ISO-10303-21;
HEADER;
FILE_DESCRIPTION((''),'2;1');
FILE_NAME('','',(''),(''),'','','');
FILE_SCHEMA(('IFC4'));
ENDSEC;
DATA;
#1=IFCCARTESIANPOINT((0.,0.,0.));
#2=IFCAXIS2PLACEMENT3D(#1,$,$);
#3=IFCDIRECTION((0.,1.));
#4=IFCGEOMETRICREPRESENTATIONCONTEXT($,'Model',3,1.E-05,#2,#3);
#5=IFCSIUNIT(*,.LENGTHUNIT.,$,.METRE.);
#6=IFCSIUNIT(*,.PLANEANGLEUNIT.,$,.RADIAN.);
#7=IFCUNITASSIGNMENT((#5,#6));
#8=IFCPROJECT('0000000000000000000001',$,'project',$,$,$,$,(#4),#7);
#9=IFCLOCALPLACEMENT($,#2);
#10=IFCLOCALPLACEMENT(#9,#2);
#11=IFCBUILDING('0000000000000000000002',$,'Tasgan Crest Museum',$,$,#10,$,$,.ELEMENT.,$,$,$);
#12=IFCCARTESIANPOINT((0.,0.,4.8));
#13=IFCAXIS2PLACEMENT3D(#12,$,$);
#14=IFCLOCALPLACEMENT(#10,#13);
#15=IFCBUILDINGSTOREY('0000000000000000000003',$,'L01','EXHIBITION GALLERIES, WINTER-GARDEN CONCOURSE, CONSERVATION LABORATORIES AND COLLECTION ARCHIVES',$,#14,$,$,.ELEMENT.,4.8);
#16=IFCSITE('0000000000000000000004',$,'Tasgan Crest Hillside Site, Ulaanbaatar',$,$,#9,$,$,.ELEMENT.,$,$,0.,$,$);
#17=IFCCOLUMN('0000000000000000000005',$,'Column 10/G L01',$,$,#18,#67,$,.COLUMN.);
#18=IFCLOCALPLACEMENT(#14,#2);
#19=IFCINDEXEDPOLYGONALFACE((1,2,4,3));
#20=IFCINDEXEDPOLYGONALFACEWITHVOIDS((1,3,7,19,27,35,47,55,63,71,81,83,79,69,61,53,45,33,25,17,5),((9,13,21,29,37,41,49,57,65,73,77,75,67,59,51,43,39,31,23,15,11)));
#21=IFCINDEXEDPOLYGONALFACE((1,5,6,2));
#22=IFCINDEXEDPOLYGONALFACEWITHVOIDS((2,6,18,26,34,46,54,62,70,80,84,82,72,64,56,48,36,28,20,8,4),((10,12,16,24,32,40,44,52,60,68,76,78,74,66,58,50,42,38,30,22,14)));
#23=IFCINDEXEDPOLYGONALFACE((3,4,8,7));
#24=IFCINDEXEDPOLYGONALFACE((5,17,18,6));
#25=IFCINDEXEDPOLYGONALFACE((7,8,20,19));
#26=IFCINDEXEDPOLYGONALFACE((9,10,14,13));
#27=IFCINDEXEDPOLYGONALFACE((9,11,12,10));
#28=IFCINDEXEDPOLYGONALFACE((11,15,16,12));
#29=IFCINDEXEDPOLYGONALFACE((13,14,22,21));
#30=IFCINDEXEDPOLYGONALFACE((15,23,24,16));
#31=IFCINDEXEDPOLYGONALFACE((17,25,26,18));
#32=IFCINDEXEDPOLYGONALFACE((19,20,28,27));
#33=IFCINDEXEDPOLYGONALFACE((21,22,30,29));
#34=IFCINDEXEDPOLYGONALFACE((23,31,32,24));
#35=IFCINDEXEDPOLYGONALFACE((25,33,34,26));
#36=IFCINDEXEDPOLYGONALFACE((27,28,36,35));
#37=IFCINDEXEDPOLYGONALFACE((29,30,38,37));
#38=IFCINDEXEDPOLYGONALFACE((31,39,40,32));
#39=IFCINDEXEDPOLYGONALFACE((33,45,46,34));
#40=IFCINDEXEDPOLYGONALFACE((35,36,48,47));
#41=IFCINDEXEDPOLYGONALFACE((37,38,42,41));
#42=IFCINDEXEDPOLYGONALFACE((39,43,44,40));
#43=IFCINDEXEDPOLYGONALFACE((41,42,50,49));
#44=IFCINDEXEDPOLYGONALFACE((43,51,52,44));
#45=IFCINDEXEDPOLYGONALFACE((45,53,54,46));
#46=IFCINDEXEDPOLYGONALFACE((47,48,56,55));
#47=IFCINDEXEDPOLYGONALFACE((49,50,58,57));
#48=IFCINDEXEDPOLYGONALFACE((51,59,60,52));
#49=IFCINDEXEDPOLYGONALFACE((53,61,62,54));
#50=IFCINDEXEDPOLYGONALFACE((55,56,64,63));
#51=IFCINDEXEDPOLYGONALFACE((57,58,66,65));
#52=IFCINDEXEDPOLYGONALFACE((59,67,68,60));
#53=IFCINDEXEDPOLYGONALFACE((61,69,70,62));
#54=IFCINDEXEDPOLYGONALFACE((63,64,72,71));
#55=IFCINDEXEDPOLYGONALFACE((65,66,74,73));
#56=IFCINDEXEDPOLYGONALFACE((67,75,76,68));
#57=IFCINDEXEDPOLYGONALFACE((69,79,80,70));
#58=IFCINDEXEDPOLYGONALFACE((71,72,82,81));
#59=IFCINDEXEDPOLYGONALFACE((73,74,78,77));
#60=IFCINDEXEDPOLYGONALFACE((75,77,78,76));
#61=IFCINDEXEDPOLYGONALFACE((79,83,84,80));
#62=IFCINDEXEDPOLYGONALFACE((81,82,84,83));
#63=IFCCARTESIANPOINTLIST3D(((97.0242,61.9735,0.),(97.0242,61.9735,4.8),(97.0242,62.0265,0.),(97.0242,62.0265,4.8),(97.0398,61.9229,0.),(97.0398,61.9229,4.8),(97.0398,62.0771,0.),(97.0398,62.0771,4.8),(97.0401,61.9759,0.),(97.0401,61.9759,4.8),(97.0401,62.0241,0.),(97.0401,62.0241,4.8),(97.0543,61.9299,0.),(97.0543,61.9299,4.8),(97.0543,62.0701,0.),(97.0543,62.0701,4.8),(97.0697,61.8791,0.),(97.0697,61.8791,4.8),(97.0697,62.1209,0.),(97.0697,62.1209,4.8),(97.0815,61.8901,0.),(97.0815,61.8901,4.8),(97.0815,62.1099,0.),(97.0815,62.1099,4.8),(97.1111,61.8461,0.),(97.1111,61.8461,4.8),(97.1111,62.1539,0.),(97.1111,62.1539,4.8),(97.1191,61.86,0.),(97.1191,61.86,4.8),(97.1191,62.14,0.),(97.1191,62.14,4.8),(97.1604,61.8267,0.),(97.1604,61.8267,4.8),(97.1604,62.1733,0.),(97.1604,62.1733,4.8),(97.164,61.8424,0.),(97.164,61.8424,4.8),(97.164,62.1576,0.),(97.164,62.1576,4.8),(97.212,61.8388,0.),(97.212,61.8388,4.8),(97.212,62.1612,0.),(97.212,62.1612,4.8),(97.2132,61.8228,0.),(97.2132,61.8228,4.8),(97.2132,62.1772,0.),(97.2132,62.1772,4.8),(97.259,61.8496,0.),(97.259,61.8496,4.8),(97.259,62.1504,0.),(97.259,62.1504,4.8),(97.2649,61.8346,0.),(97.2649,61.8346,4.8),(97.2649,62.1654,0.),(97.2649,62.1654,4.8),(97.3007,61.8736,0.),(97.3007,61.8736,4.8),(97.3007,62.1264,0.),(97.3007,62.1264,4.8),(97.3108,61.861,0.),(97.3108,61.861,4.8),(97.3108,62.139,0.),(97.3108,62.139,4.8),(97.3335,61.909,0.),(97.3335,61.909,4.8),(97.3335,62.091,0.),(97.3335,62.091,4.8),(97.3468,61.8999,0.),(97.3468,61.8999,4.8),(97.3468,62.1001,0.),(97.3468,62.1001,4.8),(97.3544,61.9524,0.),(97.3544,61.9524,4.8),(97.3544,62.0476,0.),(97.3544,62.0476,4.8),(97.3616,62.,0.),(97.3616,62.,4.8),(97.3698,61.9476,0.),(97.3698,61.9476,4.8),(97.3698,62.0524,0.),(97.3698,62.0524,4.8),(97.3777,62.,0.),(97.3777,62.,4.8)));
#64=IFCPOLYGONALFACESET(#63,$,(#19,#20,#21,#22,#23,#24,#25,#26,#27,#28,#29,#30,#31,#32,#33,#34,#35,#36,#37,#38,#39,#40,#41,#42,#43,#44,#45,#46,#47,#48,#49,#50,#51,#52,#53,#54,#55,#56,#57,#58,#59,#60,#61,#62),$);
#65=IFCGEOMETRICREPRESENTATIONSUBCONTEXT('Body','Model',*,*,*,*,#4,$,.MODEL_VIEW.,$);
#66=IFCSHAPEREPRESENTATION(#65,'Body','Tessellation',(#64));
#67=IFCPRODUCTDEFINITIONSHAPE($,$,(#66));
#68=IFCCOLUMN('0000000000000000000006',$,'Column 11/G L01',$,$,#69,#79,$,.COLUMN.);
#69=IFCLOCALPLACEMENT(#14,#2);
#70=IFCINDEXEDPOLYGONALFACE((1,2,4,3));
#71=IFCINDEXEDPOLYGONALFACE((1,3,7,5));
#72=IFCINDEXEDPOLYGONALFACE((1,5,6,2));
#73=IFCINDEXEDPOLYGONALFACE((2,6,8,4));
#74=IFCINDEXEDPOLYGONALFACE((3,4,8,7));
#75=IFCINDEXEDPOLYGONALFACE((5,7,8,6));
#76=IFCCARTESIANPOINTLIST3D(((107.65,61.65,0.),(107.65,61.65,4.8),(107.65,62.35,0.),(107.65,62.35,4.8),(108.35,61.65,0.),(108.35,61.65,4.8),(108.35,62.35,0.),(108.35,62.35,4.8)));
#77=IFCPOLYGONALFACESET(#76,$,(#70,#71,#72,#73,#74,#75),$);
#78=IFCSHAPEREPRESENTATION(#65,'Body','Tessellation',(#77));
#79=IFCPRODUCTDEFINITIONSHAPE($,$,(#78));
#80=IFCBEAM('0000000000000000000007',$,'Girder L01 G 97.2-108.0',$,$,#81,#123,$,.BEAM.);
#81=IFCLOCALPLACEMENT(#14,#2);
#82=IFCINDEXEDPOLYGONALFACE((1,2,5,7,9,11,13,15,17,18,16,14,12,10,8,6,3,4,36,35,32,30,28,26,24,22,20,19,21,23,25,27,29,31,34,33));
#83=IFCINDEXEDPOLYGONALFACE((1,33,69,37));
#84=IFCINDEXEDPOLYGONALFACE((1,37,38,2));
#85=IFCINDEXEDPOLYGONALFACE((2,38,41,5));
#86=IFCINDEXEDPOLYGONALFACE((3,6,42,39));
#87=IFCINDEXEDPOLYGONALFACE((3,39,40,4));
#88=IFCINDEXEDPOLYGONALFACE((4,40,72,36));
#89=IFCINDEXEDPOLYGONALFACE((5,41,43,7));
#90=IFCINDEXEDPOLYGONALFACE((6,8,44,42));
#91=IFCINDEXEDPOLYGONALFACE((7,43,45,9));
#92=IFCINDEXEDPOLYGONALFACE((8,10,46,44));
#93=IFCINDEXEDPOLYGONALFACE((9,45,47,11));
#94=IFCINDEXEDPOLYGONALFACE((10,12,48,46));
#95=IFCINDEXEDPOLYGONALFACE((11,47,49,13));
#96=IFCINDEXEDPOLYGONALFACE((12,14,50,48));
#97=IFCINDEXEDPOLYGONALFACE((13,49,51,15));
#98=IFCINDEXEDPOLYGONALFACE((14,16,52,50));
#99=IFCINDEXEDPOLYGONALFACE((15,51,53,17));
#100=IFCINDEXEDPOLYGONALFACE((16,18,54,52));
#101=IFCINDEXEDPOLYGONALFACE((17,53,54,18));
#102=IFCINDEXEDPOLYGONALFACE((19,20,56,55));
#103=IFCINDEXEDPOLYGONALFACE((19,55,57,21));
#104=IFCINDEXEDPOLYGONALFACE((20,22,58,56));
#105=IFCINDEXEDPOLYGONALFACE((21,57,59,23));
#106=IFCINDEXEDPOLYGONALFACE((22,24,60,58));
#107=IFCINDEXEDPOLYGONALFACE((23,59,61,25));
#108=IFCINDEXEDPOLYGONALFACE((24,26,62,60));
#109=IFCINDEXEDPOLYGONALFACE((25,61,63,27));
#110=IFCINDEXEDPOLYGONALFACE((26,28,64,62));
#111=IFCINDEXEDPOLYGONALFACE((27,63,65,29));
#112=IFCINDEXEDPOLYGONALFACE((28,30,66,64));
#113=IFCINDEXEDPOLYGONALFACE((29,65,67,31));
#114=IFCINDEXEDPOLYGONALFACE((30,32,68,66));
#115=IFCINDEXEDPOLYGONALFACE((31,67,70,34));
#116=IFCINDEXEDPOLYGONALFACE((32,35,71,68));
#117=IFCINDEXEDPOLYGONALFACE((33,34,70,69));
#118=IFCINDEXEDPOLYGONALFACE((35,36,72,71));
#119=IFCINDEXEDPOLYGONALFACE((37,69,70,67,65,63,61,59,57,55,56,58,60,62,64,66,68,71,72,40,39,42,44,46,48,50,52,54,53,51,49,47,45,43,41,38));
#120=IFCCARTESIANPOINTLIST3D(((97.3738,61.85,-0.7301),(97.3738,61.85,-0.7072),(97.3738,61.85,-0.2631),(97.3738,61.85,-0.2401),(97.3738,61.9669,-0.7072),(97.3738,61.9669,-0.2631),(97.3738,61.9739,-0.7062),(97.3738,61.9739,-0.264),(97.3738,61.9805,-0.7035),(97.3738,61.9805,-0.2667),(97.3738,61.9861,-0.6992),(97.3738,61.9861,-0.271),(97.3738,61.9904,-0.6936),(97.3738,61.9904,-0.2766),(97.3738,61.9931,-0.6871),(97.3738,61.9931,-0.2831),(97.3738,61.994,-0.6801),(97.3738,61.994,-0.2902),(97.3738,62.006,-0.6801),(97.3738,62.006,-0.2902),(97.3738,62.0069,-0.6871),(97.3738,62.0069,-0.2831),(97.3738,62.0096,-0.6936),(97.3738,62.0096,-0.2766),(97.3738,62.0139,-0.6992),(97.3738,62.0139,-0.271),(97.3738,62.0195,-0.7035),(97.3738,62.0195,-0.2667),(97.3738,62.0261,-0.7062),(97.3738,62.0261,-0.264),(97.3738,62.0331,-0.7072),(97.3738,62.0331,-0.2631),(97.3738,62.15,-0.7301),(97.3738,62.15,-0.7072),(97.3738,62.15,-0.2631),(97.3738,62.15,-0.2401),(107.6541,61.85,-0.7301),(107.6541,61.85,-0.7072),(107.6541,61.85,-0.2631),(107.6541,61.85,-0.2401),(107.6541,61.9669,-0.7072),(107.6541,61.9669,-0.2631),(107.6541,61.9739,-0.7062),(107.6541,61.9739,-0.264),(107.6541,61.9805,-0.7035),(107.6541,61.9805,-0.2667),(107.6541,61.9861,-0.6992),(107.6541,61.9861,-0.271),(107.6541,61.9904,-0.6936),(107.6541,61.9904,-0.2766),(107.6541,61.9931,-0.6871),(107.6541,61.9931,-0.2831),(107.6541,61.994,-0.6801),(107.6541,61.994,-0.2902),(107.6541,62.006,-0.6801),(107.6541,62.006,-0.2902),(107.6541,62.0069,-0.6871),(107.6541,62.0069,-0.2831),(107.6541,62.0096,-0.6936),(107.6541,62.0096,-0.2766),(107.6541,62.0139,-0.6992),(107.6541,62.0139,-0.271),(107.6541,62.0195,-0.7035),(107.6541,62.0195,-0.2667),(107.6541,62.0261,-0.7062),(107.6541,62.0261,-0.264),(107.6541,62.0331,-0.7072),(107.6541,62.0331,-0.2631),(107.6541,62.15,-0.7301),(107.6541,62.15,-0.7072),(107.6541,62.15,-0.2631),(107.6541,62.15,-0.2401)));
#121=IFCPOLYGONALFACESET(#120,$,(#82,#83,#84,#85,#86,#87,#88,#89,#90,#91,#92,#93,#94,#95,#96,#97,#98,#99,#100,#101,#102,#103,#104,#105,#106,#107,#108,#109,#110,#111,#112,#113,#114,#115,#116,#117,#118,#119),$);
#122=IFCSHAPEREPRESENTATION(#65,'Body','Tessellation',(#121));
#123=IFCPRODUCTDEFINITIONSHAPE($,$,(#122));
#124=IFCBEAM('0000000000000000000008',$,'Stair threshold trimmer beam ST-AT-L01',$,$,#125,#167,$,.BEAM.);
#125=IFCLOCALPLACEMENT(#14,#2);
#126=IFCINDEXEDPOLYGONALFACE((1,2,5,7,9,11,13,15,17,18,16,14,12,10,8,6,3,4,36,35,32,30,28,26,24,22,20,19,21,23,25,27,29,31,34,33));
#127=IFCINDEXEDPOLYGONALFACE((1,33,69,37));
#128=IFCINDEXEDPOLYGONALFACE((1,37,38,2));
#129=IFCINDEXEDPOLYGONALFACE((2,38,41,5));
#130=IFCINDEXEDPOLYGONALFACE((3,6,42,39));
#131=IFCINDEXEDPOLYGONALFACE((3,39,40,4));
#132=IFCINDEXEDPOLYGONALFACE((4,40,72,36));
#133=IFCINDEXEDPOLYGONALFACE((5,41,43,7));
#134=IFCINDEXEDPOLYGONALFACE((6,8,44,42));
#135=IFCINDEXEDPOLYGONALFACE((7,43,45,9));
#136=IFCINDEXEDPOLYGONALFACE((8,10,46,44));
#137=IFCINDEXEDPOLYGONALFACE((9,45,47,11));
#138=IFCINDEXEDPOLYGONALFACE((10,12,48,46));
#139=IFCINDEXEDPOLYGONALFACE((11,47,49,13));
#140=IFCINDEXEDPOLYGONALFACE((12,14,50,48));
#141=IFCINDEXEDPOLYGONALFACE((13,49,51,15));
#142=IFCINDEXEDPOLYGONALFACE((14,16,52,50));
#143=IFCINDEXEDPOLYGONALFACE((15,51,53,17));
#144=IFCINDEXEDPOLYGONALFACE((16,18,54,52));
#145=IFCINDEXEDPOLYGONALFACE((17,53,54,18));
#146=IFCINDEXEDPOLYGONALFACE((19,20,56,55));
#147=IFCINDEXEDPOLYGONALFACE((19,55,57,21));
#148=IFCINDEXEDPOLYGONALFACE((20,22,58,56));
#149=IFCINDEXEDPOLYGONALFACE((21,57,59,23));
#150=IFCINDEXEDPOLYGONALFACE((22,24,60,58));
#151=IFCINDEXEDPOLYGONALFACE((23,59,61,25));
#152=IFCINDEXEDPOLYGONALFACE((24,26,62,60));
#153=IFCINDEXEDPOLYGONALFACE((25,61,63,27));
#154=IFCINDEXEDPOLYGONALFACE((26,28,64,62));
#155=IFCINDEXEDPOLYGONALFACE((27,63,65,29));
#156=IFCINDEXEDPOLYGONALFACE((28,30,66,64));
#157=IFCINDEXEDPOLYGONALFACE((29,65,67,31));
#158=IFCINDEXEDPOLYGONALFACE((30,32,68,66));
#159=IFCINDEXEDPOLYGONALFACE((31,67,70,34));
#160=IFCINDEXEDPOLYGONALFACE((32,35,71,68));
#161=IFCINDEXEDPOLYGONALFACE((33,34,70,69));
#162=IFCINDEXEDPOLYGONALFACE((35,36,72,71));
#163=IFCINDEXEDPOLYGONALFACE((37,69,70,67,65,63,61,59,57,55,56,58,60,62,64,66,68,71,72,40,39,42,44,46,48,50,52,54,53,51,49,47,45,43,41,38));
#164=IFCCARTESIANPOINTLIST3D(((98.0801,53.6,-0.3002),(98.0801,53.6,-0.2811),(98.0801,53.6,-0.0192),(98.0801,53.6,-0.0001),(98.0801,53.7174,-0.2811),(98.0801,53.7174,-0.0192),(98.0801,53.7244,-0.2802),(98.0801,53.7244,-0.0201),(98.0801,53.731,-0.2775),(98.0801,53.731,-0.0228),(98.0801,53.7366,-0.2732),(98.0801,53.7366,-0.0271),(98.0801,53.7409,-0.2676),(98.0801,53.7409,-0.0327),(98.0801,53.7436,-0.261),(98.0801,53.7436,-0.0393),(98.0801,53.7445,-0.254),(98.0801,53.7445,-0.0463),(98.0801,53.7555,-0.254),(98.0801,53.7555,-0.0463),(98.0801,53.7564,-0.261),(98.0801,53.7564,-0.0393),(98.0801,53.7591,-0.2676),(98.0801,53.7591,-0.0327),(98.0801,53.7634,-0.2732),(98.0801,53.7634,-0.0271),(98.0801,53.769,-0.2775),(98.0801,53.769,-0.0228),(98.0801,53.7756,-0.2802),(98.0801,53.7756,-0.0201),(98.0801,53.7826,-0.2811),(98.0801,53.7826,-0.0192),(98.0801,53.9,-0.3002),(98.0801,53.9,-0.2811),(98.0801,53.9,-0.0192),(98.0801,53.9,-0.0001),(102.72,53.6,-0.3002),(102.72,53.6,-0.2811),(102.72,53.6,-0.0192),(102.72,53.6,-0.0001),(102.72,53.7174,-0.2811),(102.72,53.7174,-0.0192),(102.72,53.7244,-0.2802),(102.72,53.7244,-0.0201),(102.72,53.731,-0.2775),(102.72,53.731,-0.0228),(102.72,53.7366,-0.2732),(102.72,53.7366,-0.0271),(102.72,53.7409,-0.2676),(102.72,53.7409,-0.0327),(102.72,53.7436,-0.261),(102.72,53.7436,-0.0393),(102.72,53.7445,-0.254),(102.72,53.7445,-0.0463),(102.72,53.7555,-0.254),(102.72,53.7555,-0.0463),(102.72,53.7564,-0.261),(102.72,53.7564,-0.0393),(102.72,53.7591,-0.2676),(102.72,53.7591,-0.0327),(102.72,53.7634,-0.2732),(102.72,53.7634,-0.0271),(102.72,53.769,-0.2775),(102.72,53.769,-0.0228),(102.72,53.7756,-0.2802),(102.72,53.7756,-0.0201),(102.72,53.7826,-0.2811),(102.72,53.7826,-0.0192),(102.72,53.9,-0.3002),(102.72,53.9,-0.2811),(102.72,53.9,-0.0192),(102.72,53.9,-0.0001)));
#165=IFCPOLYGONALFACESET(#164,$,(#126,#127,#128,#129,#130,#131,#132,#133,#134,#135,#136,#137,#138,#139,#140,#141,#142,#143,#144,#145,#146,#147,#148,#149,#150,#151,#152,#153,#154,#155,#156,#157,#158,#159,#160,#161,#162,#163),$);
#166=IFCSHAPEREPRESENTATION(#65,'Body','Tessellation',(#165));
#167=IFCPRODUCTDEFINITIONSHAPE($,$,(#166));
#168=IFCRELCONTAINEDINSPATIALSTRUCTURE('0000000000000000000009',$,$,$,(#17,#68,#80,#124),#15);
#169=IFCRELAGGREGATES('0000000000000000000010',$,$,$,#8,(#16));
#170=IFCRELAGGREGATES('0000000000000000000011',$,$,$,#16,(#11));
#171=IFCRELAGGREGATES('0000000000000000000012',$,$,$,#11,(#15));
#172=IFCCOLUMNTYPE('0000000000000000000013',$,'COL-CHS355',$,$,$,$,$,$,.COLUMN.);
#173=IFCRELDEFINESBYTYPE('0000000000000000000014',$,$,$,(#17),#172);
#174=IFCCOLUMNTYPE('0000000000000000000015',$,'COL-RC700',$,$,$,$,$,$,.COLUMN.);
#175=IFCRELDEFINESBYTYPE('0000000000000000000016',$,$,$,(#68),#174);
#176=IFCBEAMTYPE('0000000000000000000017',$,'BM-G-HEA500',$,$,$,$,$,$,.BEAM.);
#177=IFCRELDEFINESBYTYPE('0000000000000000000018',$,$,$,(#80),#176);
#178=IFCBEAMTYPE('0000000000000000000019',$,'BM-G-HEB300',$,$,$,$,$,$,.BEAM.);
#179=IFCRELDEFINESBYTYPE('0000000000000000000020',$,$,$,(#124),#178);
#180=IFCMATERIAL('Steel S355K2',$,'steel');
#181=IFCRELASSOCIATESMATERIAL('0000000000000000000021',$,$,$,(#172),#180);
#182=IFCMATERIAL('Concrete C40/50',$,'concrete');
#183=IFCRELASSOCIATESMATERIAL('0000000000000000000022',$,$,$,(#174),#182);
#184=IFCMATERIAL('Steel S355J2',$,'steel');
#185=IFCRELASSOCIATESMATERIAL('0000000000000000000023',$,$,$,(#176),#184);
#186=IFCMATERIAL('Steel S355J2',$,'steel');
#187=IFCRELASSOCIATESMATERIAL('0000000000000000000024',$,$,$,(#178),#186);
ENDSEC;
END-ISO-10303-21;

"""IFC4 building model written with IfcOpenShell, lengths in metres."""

from ifc_helpers import new_model, si_unit, direction, frame, origin, origin_2d, place, context, subcontext, project, spatial, rectangle, hollow_circle, i_section, extrude, material, material_profile, profile_set, type_object, element, save


model = new_model("IFC4")

# Units and contexts
model_context = context("Model", 3, precision=1e-05, world=origin(), true_north=direction((0.0, 1.0)))
body_context = subcontext(model_context, "Body", "Model", "MODEL_VIEW")
ifc_project = project(units=[si_unit("LENGTHUNIT", "METRE"), si_unit("PLANEANGLEUNIT", "RADIAN")], contexts=[model_context])

# Site, building, storey
site_placement = place(None, origin())
site = spatial("IfcSite", under=ifc_project, at=site_placement, Name="Tasgan Crest Hillside Site, Ulaanbaatar", CompositionType="ELEMENT", RefElevation=0.0)
building_placement = place(site_placement, origin())
building = spatial("IfcBuilding", under=site, at=building_placement, Name="Tasgan Crest Museum", CompositionType="ELEMENT")
storey_placement = place(building_placement, frame((0.0, 0.0, 4.8)))
storey = spatial("IfcBuildingStorey", under=building, at=storey_placement, Name="L01", Description="EXHIBITION GALLERIES, WINTER-GARDEN CONCOURSE, CONSERVATION LABORATORIES AND COLLECTION ARCHIVES", CompositionType="ELEMENT", Elevation=4.8)

# Columns
ifc_material_1 = material(Name="Steel S355K2", Category="steel")
ifc_material_profile_1 = material_profile(ifc_material_1, hollow_circle(Radius=0.1777, WallThickness=0.0161, at=origin_2d()), Name="CHS 355.6x16")
ifc_profile_set_1 = profile_set([ifc_material_profile_1], Name="Steel S355K2")
column_type_1 = type_object("IfcColumnType", Name="COL-CHS355", PredefinedType="COLUMN", material=ifc_profile_set_1)
column_1_placement = place(storey_placement, frame((97.2, 62.0, 0.0), z_axis=(0.0, 0.0, 1.0), x_axis=(1.0, 0.0, 0.0)))
element("IfcColumn", 1, at=column_1_placement, inside=storey, type_object=column_type_1, Name="Column 10/G L01", PredefinedType="COLUMN", context=body_context, shape_type="SweptSolid", body=[
    extrude(hollow_circle(Radius=0.1777, WallThickness=0.0161, at=origin_2d()), origin(), (0.0, 0.0, 1.0), 4.8),
])
ifc_material_2 = material(Name="Concrete C40/50", Category="concrete")
ifc_material_profile_2 = material_profile(ifc_material_2, rectangle(XDim=0.7, YDim=0.7, at=origin_2d()), Name="RC 700x700")
ifc_profile_set_2 = profile_set([ifc_material_profile_2], Name="Concrete C40/50")
column_type_2 = type_object("IfcColumnType", Name="COL-RC700", PredefinedType="COLUMN", material=ifc_profile_set_2)
column_2_placement = place(storey_placement, frame((108.0, 62.0, 0.0), z_axis=(0.0, 0.0, 1.0), x_axis=(1.0, 0.0, 0.0)))
element("IfcColumn", 2, at=column_2_placement, inside=storey, type_object=column_type_2, Name="Column 11/G L01", PredefinedType="COLUMN", context=body_context, shape_type="SweptSolid", body=[
    extrude(rectangle(XDim=0.7, YDim=0.7, at=origin_2d()), origin(), (0.0, 0.0, 1.0), 4.8),
])

# Beams
ifc_material_3 = material(Name="Steel S355J2", Category="steel")
ifc_material_profile_3 = material_profile(ifc_material_3, i_section(OverallWidth=0.3, OverallDepth=0.49, WebThickness=0.012, FlangeThickness=0.0229, FilletRadius=0.0271, at=origin_2d()), Name="HEA 500")
ifc_profile_set_3 = profile_set([ifc_material_profile_3], Name="Steel S355J2")
beam_type_1 = type_object("IfcBeamType", Name="BM-G-HEA500", PredefinedType="BEAM", material=ifc_profile_set_3)
beam_1_placement = place(storey_placement, frame((97.3738, 62.0, -0.4851), z_axis=(1.0, 0.0, 0.0), x_axis=(0.0, 1.0, 0.0)))
element("IfcBeam", 3, at=beam_1_placement, inside=storey, type_object=beam_type_1, Name="Girder L01 G 97.2-108.0", PredefinedType="BEAM", context=body_context, shape_type="SweptSolid", body=[
    extrude(i_section(OverallWidth=0.3, OverallDepth=0.49, WebThickness=0.012, FlangeThickness=0.0229, FilletRadius=0.0271, at=origin_2d()), origin(), (0.0, 0.0, 1.0), 10.2803),
])
ifc_material_4 = material(Name="Steel S355J2", Category="steel")
ifc_material_profile_4 = material_profile(ifc_material_4, i_section(OverallWidth=0.3, OverallDepth=0.3, WebThickness=0.011, FlangeThickness=0.019, FilletRadius=0.0271, at=origin_2d()), Name="HEB 300")
ifc_profile_set_4 = profile_set([ifc_material_profile_4], Name="Steel S355J2")
beam_type_2 = type_object("IfcBeamType", Name="BM-G-HEB300", PredefinedType="BEAM", material=ifc_profile_set_4)
beam_2_placement = place(storey_placement, frame((98.0801, 53.75, -0.1501), z_axis=(1.0, 0.0, 0.0), x_axis=(0.0, 1.0, 0.0)))
element("IfcBeam", 4, at=beam_2_placement, inside=storey, type_object=beam_type_2, Name="Stair threshold trimmer beam ST-AT-L01", PredefinedType="BEAM", context=body_context, shape_type="SweptSolid", body=[
    extrude(i_section(OverallWidth=0.3, OverallDepth=0.3, WebThickness=0.011, FlangeThickness=0.019, FilletRadius=0.0271, at=origin_2d()), origin(), (0.0, 0.0, 1.0), 4.6399),
])

save(model, "model.ifc")
